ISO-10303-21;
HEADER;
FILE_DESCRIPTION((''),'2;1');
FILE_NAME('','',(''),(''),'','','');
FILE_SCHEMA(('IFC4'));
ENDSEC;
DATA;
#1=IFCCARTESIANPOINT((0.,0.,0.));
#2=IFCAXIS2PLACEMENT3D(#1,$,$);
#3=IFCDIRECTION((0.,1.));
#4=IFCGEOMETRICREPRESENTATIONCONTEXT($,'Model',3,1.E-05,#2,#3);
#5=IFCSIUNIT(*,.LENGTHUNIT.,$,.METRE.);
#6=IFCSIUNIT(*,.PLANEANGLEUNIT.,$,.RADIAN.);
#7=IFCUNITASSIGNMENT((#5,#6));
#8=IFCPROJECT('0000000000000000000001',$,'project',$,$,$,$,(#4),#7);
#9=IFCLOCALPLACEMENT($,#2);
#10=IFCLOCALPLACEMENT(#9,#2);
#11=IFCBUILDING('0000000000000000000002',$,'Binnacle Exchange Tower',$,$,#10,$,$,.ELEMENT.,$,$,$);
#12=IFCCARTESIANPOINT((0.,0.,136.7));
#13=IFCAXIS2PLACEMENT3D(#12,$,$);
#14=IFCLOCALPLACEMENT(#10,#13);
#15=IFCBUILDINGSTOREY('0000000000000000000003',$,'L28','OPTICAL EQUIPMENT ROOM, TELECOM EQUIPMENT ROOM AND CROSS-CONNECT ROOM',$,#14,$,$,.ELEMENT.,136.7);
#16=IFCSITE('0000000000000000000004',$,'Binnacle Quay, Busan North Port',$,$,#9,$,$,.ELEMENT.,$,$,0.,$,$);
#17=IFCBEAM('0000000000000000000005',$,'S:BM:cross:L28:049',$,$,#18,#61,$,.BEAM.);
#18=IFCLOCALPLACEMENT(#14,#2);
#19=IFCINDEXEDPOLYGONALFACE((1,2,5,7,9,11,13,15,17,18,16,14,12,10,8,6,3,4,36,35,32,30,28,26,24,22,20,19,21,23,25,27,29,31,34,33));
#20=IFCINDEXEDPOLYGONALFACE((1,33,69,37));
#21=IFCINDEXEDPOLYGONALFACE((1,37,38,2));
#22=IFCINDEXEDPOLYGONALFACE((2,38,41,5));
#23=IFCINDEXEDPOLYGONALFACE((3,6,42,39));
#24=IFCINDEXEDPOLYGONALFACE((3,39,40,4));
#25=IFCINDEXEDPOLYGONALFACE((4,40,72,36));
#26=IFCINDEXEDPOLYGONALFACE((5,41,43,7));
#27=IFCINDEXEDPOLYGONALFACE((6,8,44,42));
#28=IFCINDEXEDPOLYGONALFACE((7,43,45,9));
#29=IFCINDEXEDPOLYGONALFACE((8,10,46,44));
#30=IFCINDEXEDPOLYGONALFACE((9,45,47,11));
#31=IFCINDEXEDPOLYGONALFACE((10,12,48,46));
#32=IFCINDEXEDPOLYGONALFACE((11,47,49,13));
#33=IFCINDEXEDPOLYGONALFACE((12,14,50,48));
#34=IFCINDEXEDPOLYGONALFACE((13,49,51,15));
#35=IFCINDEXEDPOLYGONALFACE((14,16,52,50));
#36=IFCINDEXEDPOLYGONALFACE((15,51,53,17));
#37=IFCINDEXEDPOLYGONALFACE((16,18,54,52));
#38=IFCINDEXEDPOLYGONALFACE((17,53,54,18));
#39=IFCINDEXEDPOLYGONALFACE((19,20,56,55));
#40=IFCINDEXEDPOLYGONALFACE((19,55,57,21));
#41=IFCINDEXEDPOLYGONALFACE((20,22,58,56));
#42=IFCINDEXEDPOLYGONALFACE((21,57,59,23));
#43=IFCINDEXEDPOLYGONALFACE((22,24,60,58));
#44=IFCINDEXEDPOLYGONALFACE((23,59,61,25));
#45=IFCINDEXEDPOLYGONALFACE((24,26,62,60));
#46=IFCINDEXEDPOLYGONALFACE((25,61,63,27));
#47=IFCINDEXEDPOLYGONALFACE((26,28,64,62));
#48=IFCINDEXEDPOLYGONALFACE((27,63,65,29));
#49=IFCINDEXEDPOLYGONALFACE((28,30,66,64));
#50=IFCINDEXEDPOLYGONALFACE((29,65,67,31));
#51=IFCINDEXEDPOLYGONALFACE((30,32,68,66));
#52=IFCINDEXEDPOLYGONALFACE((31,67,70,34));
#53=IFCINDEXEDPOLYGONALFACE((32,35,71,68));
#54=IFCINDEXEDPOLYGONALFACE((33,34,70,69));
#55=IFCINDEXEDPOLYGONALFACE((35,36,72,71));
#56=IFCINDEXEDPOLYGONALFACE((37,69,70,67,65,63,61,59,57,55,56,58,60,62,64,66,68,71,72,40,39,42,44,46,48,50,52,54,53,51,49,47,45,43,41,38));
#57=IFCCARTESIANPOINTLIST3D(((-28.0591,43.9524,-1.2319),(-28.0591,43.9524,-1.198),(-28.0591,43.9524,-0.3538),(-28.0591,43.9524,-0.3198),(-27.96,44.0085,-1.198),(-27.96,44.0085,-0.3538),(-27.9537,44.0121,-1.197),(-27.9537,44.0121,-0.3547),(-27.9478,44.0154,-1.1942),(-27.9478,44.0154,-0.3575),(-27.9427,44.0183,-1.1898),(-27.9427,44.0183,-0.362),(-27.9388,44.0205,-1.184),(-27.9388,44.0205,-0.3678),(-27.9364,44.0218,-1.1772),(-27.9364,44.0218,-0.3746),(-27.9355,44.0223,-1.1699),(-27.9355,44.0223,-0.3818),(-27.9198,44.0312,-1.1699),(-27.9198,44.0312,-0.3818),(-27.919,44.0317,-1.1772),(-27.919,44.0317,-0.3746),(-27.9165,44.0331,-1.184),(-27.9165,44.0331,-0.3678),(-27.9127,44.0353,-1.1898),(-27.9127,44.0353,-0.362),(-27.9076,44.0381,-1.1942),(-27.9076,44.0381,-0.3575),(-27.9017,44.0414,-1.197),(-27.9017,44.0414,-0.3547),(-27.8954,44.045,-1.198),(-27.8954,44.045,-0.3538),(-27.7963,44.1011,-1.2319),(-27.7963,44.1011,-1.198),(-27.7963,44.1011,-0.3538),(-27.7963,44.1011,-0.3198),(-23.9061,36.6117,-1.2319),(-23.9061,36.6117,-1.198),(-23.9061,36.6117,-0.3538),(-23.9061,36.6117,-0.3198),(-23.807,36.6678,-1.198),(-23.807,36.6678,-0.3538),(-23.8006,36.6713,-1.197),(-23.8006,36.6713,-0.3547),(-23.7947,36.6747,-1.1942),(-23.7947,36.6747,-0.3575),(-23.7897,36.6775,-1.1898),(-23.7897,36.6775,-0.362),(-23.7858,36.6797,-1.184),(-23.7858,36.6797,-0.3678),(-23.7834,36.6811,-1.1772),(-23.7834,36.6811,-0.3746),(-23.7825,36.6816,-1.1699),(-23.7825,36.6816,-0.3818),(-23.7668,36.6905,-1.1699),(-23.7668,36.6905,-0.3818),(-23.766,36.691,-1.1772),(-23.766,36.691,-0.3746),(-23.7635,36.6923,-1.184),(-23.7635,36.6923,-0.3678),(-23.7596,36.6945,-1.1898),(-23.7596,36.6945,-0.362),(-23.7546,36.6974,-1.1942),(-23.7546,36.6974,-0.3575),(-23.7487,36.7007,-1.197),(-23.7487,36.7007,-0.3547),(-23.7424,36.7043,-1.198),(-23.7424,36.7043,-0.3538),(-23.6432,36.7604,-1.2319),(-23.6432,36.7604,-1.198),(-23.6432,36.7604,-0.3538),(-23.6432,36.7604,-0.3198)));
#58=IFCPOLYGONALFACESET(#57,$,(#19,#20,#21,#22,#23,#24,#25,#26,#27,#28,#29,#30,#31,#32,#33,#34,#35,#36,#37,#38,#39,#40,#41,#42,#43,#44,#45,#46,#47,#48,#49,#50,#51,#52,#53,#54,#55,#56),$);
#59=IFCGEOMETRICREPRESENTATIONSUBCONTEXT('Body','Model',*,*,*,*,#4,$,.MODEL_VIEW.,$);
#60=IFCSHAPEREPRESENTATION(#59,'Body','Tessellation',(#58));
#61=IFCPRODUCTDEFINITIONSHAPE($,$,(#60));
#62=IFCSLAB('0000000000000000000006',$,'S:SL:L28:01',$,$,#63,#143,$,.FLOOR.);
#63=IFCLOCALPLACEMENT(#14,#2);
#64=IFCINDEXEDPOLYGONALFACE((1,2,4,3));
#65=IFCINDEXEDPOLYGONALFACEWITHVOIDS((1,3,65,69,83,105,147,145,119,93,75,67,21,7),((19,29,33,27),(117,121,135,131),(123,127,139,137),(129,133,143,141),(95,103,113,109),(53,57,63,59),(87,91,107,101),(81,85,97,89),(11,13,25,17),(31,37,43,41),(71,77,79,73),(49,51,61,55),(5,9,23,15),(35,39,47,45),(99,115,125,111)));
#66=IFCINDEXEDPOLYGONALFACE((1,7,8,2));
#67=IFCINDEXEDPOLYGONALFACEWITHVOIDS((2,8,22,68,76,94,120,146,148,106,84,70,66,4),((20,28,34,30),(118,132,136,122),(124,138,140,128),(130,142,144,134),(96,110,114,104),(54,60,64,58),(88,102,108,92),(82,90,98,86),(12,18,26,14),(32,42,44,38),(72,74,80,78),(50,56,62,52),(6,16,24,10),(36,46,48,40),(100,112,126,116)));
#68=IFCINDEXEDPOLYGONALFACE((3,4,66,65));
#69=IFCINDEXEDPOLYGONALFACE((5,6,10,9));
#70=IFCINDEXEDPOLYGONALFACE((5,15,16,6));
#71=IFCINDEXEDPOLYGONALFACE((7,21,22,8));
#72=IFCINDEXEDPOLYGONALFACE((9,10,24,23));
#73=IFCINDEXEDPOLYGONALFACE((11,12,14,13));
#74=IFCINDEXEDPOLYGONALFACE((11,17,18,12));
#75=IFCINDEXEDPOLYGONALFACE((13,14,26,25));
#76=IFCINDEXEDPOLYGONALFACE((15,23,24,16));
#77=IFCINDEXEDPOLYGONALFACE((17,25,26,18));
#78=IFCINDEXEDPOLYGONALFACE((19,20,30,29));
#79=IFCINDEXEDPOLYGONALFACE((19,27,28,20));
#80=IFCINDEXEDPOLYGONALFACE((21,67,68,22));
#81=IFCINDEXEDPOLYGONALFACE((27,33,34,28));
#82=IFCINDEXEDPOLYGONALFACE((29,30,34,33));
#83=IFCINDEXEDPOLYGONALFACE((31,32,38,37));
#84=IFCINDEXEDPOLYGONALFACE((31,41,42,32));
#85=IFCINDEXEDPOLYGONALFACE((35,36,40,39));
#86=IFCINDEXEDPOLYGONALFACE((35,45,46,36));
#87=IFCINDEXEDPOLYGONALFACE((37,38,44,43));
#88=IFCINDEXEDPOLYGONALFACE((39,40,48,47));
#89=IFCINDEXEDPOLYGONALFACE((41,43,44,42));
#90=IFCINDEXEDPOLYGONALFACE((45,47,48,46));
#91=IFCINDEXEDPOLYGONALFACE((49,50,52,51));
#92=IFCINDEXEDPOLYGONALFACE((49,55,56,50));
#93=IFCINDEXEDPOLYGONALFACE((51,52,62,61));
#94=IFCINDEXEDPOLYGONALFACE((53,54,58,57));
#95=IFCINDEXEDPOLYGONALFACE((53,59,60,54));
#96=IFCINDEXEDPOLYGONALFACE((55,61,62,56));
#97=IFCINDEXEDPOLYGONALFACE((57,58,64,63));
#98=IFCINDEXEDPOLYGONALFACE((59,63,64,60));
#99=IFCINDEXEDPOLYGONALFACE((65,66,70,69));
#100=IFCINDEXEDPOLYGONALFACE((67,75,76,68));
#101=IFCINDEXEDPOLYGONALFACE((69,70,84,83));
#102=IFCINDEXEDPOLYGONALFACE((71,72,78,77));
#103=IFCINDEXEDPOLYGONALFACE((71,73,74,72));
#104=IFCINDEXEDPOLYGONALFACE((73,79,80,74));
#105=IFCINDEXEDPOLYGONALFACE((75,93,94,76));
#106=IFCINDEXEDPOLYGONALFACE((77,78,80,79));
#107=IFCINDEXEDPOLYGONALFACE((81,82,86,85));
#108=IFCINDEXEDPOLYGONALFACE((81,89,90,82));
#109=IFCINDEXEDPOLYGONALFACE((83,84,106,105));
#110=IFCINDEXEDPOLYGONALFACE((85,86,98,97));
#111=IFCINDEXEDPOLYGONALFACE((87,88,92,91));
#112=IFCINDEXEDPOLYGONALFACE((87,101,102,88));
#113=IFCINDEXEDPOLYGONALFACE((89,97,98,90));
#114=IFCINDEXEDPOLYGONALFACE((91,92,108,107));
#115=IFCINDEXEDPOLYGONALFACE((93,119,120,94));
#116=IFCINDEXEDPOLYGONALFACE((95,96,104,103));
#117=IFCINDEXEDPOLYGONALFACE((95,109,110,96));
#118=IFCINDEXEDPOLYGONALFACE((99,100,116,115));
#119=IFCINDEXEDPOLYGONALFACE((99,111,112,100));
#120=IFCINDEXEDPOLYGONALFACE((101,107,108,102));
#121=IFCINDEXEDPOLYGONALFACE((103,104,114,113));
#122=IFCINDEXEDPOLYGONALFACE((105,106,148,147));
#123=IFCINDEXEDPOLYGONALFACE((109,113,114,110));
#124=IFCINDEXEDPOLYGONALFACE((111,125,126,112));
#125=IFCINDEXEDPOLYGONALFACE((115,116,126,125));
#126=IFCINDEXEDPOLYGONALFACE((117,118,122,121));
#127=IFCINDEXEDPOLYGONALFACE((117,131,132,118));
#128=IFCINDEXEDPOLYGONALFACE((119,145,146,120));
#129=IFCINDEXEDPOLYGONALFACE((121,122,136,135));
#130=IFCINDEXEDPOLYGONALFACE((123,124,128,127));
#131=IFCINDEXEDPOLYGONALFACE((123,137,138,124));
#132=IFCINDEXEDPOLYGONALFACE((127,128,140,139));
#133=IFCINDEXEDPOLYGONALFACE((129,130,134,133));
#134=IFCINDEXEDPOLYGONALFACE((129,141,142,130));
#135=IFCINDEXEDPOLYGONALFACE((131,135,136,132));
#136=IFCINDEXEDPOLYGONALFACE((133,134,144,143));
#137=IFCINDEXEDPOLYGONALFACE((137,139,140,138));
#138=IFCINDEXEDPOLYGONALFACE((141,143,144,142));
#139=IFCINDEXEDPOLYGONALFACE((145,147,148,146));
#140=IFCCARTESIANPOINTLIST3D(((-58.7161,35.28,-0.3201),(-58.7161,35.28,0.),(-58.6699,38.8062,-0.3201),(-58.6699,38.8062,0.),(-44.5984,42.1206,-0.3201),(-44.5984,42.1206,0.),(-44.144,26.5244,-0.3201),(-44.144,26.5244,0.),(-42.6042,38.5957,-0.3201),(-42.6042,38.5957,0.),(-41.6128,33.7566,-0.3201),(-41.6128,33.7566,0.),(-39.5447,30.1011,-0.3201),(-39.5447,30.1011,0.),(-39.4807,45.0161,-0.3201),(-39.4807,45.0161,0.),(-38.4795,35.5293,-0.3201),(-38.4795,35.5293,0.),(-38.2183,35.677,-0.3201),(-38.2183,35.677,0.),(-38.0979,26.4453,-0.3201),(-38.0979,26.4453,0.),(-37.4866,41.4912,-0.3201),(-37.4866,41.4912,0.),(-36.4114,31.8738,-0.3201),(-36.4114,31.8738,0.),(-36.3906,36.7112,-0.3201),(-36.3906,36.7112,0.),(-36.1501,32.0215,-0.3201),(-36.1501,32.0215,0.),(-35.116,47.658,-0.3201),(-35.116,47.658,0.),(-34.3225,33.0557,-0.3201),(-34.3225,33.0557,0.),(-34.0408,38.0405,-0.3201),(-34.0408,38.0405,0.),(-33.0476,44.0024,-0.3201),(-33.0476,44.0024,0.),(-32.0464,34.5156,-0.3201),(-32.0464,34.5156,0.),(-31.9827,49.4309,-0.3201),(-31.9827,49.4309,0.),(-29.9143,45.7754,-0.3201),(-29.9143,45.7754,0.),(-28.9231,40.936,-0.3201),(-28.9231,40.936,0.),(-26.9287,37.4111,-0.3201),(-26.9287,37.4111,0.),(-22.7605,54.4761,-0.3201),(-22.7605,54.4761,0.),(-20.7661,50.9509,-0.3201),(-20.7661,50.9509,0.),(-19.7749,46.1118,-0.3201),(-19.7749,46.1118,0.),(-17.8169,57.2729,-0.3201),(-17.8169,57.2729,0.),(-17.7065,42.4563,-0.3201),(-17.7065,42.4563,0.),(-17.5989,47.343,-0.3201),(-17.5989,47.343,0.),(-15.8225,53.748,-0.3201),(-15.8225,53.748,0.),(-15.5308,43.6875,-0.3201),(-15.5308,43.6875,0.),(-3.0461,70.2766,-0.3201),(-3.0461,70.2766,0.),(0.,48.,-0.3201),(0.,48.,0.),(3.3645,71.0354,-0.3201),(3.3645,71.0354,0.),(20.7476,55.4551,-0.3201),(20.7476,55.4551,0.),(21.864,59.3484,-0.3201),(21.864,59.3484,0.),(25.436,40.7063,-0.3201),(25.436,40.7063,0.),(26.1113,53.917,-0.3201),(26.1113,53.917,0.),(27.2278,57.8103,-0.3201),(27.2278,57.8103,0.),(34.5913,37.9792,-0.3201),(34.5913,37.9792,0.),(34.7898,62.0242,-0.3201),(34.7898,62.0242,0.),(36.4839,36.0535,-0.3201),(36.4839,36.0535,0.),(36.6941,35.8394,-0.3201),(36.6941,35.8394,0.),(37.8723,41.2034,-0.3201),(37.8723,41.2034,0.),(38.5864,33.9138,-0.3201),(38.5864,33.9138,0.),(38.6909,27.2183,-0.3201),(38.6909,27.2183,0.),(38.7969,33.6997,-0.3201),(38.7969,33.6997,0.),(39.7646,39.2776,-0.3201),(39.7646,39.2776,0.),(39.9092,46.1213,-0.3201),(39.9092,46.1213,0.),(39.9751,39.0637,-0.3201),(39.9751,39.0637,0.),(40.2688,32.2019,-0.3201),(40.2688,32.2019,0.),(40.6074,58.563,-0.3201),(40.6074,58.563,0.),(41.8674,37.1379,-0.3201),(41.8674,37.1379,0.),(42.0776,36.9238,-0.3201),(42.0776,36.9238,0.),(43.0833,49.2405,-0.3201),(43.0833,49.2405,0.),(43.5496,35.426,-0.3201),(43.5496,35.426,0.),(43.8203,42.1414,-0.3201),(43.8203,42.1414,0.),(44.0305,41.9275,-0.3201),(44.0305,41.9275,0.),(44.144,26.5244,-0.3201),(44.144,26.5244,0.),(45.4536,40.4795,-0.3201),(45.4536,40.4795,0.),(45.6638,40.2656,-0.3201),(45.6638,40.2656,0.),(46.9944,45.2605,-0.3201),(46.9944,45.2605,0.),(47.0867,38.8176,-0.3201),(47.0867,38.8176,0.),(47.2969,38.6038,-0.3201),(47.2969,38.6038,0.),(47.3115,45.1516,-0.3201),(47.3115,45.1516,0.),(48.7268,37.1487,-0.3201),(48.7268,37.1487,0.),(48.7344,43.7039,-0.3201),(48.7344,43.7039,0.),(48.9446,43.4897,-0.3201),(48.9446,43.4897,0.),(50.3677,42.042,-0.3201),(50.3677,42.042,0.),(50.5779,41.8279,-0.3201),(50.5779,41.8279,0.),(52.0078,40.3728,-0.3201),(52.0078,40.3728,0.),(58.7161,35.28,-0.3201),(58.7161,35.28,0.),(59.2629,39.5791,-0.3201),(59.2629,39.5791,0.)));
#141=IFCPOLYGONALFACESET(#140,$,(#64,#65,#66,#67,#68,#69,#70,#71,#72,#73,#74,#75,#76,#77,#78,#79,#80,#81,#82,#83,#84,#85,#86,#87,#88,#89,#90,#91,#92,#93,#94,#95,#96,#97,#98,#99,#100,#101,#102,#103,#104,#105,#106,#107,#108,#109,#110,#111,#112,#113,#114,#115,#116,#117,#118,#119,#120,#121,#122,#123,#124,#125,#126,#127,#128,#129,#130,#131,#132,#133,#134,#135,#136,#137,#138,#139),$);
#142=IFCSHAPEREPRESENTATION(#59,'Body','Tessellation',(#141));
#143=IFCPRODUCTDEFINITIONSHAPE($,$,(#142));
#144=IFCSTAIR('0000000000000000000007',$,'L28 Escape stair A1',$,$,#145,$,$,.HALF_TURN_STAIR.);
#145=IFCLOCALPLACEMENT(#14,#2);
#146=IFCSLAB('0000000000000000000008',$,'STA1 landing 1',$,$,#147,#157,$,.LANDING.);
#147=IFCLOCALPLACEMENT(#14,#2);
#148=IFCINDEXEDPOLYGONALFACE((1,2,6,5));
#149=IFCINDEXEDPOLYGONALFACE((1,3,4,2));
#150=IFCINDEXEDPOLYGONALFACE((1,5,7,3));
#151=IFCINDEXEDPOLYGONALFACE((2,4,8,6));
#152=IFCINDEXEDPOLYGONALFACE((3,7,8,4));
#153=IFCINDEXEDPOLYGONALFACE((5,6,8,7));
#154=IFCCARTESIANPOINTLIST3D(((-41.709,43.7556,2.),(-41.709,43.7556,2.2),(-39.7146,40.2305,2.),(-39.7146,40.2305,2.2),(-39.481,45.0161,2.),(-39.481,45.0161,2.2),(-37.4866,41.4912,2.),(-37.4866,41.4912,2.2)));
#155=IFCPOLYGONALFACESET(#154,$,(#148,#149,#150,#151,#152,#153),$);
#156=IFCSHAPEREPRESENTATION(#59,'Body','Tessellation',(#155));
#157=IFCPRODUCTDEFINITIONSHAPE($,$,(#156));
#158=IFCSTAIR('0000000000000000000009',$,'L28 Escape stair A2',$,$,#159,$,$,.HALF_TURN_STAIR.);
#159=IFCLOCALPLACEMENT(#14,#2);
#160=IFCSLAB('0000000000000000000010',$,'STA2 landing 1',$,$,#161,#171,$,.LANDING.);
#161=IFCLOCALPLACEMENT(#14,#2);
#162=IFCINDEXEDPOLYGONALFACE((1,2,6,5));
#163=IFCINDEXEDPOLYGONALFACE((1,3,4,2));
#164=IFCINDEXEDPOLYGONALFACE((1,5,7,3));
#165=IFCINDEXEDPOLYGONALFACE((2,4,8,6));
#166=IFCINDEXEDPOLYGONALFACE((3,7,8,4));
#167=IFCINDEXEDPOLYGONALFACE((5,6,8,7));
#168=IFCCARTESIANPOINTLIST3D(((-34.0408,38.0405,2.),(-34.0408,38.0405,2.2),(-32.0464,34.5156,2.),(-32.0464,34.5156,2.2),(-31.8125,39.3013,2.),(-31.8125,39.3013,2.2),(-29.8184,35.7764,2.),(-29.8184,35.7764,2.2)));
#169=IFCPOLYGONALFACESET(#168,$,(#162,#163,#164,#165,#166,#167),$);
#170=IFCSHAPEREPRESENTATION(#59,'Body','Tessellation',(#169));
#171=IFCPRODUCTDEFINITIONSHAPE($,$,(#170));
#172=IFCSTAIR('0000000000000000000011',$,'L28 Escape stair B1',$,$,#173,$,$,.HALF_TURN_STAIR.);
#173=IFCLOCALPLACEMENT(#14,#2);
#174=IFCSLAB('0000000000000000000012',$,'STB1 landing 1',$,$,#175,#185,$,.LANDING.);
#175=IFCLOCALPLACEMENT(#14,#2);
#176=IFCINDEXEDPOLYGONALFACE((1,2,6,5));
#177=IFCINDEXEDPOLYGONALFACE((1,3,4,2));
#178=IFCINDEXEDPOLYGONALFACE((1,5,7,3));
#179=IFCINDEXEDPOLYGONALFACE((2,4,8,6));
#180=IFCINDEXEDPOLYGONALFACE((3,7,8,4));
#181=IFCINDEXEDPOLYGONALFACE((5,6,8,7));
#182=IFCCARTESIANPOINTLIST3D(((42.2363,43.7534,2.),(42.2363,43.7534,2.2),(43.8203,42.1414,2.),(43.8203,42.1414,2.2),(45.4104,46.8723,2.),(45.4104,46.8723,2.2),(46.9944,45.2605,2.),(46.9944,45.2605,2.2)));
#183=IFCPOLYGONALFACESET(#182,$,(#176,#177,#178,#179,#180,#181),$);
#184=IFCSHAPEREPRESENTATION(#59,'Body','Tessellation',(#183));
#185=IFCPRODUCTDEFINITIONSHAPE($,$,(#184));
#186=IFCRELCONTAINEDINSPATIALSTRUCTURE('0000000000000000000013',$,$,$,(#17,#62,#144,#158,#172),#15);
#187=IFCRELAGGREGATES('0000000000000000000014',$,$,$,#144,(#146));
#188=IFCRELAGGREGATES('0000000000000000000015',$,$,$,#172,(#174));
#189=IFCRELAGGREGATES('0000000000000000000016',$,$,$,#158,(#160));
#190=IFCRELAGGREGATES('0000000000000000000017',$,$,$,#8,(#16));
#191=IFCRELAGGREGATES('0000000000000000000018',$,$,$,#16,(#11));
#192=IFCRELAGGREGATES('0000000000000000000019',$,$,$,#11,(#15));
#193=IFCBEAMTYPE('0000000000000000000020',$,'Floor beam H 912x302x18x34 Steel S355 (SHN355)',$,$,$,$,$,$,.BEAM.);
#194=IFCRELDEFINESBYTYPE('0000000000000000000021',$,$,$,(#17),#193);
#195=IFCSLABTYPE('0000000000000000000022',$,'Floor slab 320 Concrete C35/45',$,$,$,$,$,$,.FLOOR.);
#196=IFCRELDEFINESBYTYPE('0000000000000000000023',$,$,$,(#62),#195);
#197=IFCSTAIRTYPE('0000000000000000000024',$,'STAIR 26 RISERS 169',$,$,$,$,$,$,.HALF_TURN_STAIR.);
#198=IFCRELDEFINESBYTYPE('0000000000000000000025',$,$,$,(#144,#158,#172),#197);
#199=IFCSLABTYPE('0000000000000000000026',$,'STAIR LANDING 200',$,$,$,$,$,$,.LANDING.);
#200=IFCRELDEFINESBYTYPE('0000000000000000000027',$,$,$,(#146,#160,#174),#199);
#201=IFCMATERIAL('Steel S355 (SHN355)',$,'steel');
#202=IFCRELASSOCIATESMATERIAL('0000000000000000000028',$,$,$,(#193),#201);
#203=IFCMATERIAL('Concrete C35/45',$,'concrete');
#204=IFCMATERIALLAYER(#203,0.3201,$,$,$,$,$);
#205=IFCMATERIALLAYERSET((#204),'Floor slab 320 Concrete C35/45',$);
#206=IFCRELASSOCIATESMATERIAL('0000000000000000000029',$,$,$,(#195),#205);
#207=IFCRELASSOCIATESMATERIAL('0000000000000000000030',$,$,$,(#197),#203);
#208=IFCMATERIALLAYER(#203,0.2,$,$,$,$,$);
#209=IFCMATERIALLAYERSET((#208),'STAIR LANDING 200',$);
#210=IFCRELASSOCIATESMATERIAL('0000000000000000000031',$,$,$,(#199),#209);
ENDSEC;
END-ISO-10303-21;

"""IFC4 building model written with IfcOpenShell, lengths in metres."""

from ifc_helpers import new_model, si_unit, direction, frame, origin, origin_2d, place, context, subcontext, project, spatial, polyline, i_section, outline, extrude, material, layer, layer_set, material_profile, profile_set, type_object, element, aggregate, save


model = new_model("IFC4")

# Units and contexts
model_context = context("Model", 3, precision=1e-05, world=origin(), true_north=direction((0.0, 1.0)))
body_context = subcontext(model_context, "Body", "Model", "MODEL_VIEW")
ifc_project = project(units=[si_unit("LENGTHUNIT", "METRE"), si_unit("PLANEANGLEUNIT", "RADIAN")], contexts=[model_context])

# Site, building, storey
site_placement = place(None, origin())
site = spatial("IfcSite", under=ifc_project, at=site_placement, Name="Binnacle Quay, Busan North Port", CompositionType="ELEMENT", RefElevation=0.0)
building_placement = place(site_placement, origin())
building = spatial("IfcBuilding", under=site, at=building_placement, Name="Binnacle Exchange Tower", CompositionType="ELEMENT")
storey_placement = place(building_placement, frame((0.0, 0.0, 136.7)))
storey = spatial("IfcBuildingStorey", under=building, at=storey_placement, Name="L28", Description="OPTICAL EQUIPMENT ROOM, TELECOM EQUIPMENT ROOM AND CROSS-CONNECT ROOM", CompositionType="ELEMENT", Elevation=136.7)

# Beam
ifc_material_1 = material(Name="Steel S355 (SHN355)", Category="steel")
ifc_material_profile_1 = material_profile(ifc_material_1, i_section(OverallWidth=0.302, OverallDepth=0.9121, WebThickness=0.0181, FlangeThickness=0.0339, FilletRadius=0.0281, at=origin_2d()), Name="H 912x302x18x34")
ifc_profile_set_1 = profile_set([ifc_material_profile_1], Name="Steel S355 (SHN355)")
beam_type_1 = type_object("IfcBeamType", Name="Floor beam H 912x302x18x34 Steel S355 (SHN355)", PredefinedType="BEAM", material=ifc_profile_set_1)
beam_1_placement = place(storey_placement, frame((-23.7747, 36.686, -0.7759), z_axis=(-0.492409, 0.870364, 0.0), x_axis=(-0.870364, -0.492409, 0.0)))
element("IfcBeam", 1, at=beam_1_placement, inside=storey, type_object=beam_type_1, Name="S:BM:cross:L28:049", PredefinedType="BEAM", context=body_context, shape_type="SweptSolid", body=[
    extrude(i_section(OverallWidth=0.302, OverallDepth=0.9121, WebThickness=0.0181, FlangeThickness=0.0339, FilletRadius=0.0281, at=origin_2d()), origin(), (0.0, 0.0, 1.0), 8.4341),
])

# Slab
ifc_material_2 = material(Name="Concrete C35/45", Category="concrete")
ifc_layer_1 = layer(ifc_material_2, 0.3201)
ifc_layer_set_1 = layer_set([ifc_layer_1], Name="Floor slab 320 Concrete C35/45")
slab_type_1 = type_object("IfcSlabType", Name="Floor slab 320 Concrete C35/45", PredefinedType="FLOOR", material=ifc_layer_set_1)
slab_1_placement = place(storey_placement, frame((0.0, 0.0, -0.3201)))
element("IfcSlab", 2, at=slab_1_placement, inside=storey, type_object=slab_type_1, Name="S:SL:L28:01", PredefinedType="FLOOR", context=body_context, shape_type="SweptSolid", body=[
    extrude(outline(polyline([(59.2629, 39.5791), (58.7161, 35.28), (44.144, 26.5244), (38.6909, 27.2183), (25.436, 40.7063), (0.0, 48.0), (-38.0979, 26.4453), (-44.144, 26.5244), (-58.7161, 35.28), (-58.6699, 38.8062), (-3.0461, 70.2766), (3.3645, 71.0354), (34.7898, 62.0242), (40.6074, 58.563), (59.2629, 39.5791)]), holes=[polyline([(-38.4795, 35.5293), (-41.6128, 33.7566), (-39.5447, 30.1011), (-36.4114, 31.8738), (-38.4795, 35.5293)]), polyline([(-34.3225, 33.0557), (-36.3906, 36.7112), (-38.2183, 35.677), (-36.1501, 32.0215), (-34.3225, 33.0557)]), polyline([(-34.0408, 38.0405), (-32.0464, 34.5156), (-26.9287, 37.4111), (-28.9231, 40.936), (-34.0408, 38.0405)]), polyline([(-37.4866, 41.4912), (-39.4807, 45.0161), (-44.5984, 42.1206), (-42.6042, 38.5957), (-37.4866, 41.4912)]), polyline([(-15.5308, 43.6875), (-17.5989, 47.343), (-19.7749, 46.1118), (-17.7065, 42.4563), (-15.5308, 43.6875)]), polyline([(-29.9143, 45.7754), (-31.9827, 49.4309), (-35.116, 47.658), (-33.0476, 44.0024), (-29.9143, 45.7754)]), polyline([(-15.8225, 53.748), (-17.8169, 57.2729), (-22.7605, 54.4761), (-20.7661, 50.9509), (-15.8225, 53.748)]), polyline([(26.1113, 53.917), (27.2278, 57.8103), (21.864, 59.3484), (20.7476, 55.4551), (26.1113, 53.917)]), polyline([(40.2688, 32.2019), (43.5496, 35.426), (42.0776, 36.9238), (38.7969, 33.6997), (40.2688, 32.2019)]), polyline([(38.5864, 33.9138), (41.8674, 37.1379), (39.9751, 39.0637), (36.6941, 35.8394), (38.5864, 33.9138)]), polyline([(36.4839, 36.0535), (39.7646, 39.2776), (37.8723, 41.2034), (34.5913, 37.9792), (36.4839, 36.0535)]), polyline([(48.7268, 37.1487), (52.0078, 40.3728), (50.5779, 41.8279), (47.2969, 38.6038), (48.7268, 37.1487)]), polyline([(47.0867, 38.8176), (50.3677, 42.042), (48.9446, 43.4897), (45.6638, 40.2656), (47.0867, 38.8176)]), polyline([(45.4536, 40.4795), (48.7344, 43.7039), (47.3115, 45.1516), (44.0305, 41.9275), (45.4536, 40.4795)]), polyline([(43.8203, 42.1414), (46.9944, 45.2605), (43.0833, 49.2405), (39.9092, 46.1213), (43.8203, 42.1414)])]), origin(), (0.0, 0.0, 1.0), 0.3201),
])

# Stairs, slabs
stair_type = type_object("IfcStairType", Name="STAIR 26 RISERS 169", PredefinedType="HALF_TURN_STAIR", material=ifc_material_2)
stair_1_placement = place(storey_placement, origin())
stair_1 = element("IfcStair", 3, at=stair_1_placement, inside=storey, type_object=stair_type, Name="L28 Escape stair A1", PredefinedType="HALF_TURN_STAIR")
ifc_layer_2 = layer(ifc_material_2, 0.2)
ifc_layer_set_2 = layer_set([ifc_layer_2], Name="STAIR LANDING 200")
slab_type_2 = type_object("IfcSlabType", Name="STAIR LANDING 200", PredefinedType="LANDING", material=ifc_layer_set_2)
slab_2_placement = place(storey_placement, frame((0.0, 0.0, 2.0)))
slab_2 = element("IfcSlab", 4, at=slab_2_placement, type_object=slab_type_2, Name="STA1 landing 1", PredefinedType="LANDING", context=body_context, shape_type="SweptSolid", body=[
    extrude(outline(polyline([(-39.7146, 40.2305), (-37.4866, 41.4912), (-39.481, 45.0161), (-41.709, 43.7556), (-39.7146, 40.2305)])), origin(), (0.0, 0.0, 1.0), 0.2),
])
aggregate(stair_1, [slab_2])
stair_2_placement = place(storey_placement, origin())
stair_2 = element("IfcStair", 5, at=stair_2_placement, inside=storey, type_object=stair_type, Name="L28 Escape stair A2", PredefinedType="HALF_TURN_STAIR")
slab_3_placement = place(storey_placement, frame((0.0, 0.0, 2.0)))
slab_3 = element("IfcSlab", 6, at=slab_3_placement, type_object=slab_type_2, Name="STA2 landing 1", PredefinedType="LANDING", context=body_context, shape_type="SweptSolid", body=[
    extrude(outline(polyline([(-31.8125, 39.3013), (-34.0408, 38.0405), (-32.0464, 34.5156), (-29.8184, 35.7764), (-31.8125, 39.3013)])), origin(), (0.0, 0.0, 1.0), 0.2),
])
stair_3_placement = place(storey_placement, origin())
stair_3 = element("IfcStair", 7, at=stair_3_placement, inside=storey, type_object=stair_type, Name="L28 Escape stair B1", PredefinedType="HALF_TURN_STAIR")
slab_4_placement = place(storey_placement, frame((0.0, 0.0, 2.0)))
slab_4 = element("IfcSlab", 8, at=slab_4_placement, type_object=slab_type_2, Name="STB1 landing 1", PredefinedType="LANDING", context=body_context, shape_type="SweptSolid", body=[
    extrude(outline(polyline([(42.2363, 43.7534), (43.8203, 42.1414), (46.9944, 45.2605), (45.4104, 46.8723), (42.2363, 43.7534)])), origin(), (0.0, 0.0, 1.0), 0.2),
])
aggregate(stair_3, [slab_4])

aggregate(stair_2, [slab_3])

save(model, "model.ifc")
